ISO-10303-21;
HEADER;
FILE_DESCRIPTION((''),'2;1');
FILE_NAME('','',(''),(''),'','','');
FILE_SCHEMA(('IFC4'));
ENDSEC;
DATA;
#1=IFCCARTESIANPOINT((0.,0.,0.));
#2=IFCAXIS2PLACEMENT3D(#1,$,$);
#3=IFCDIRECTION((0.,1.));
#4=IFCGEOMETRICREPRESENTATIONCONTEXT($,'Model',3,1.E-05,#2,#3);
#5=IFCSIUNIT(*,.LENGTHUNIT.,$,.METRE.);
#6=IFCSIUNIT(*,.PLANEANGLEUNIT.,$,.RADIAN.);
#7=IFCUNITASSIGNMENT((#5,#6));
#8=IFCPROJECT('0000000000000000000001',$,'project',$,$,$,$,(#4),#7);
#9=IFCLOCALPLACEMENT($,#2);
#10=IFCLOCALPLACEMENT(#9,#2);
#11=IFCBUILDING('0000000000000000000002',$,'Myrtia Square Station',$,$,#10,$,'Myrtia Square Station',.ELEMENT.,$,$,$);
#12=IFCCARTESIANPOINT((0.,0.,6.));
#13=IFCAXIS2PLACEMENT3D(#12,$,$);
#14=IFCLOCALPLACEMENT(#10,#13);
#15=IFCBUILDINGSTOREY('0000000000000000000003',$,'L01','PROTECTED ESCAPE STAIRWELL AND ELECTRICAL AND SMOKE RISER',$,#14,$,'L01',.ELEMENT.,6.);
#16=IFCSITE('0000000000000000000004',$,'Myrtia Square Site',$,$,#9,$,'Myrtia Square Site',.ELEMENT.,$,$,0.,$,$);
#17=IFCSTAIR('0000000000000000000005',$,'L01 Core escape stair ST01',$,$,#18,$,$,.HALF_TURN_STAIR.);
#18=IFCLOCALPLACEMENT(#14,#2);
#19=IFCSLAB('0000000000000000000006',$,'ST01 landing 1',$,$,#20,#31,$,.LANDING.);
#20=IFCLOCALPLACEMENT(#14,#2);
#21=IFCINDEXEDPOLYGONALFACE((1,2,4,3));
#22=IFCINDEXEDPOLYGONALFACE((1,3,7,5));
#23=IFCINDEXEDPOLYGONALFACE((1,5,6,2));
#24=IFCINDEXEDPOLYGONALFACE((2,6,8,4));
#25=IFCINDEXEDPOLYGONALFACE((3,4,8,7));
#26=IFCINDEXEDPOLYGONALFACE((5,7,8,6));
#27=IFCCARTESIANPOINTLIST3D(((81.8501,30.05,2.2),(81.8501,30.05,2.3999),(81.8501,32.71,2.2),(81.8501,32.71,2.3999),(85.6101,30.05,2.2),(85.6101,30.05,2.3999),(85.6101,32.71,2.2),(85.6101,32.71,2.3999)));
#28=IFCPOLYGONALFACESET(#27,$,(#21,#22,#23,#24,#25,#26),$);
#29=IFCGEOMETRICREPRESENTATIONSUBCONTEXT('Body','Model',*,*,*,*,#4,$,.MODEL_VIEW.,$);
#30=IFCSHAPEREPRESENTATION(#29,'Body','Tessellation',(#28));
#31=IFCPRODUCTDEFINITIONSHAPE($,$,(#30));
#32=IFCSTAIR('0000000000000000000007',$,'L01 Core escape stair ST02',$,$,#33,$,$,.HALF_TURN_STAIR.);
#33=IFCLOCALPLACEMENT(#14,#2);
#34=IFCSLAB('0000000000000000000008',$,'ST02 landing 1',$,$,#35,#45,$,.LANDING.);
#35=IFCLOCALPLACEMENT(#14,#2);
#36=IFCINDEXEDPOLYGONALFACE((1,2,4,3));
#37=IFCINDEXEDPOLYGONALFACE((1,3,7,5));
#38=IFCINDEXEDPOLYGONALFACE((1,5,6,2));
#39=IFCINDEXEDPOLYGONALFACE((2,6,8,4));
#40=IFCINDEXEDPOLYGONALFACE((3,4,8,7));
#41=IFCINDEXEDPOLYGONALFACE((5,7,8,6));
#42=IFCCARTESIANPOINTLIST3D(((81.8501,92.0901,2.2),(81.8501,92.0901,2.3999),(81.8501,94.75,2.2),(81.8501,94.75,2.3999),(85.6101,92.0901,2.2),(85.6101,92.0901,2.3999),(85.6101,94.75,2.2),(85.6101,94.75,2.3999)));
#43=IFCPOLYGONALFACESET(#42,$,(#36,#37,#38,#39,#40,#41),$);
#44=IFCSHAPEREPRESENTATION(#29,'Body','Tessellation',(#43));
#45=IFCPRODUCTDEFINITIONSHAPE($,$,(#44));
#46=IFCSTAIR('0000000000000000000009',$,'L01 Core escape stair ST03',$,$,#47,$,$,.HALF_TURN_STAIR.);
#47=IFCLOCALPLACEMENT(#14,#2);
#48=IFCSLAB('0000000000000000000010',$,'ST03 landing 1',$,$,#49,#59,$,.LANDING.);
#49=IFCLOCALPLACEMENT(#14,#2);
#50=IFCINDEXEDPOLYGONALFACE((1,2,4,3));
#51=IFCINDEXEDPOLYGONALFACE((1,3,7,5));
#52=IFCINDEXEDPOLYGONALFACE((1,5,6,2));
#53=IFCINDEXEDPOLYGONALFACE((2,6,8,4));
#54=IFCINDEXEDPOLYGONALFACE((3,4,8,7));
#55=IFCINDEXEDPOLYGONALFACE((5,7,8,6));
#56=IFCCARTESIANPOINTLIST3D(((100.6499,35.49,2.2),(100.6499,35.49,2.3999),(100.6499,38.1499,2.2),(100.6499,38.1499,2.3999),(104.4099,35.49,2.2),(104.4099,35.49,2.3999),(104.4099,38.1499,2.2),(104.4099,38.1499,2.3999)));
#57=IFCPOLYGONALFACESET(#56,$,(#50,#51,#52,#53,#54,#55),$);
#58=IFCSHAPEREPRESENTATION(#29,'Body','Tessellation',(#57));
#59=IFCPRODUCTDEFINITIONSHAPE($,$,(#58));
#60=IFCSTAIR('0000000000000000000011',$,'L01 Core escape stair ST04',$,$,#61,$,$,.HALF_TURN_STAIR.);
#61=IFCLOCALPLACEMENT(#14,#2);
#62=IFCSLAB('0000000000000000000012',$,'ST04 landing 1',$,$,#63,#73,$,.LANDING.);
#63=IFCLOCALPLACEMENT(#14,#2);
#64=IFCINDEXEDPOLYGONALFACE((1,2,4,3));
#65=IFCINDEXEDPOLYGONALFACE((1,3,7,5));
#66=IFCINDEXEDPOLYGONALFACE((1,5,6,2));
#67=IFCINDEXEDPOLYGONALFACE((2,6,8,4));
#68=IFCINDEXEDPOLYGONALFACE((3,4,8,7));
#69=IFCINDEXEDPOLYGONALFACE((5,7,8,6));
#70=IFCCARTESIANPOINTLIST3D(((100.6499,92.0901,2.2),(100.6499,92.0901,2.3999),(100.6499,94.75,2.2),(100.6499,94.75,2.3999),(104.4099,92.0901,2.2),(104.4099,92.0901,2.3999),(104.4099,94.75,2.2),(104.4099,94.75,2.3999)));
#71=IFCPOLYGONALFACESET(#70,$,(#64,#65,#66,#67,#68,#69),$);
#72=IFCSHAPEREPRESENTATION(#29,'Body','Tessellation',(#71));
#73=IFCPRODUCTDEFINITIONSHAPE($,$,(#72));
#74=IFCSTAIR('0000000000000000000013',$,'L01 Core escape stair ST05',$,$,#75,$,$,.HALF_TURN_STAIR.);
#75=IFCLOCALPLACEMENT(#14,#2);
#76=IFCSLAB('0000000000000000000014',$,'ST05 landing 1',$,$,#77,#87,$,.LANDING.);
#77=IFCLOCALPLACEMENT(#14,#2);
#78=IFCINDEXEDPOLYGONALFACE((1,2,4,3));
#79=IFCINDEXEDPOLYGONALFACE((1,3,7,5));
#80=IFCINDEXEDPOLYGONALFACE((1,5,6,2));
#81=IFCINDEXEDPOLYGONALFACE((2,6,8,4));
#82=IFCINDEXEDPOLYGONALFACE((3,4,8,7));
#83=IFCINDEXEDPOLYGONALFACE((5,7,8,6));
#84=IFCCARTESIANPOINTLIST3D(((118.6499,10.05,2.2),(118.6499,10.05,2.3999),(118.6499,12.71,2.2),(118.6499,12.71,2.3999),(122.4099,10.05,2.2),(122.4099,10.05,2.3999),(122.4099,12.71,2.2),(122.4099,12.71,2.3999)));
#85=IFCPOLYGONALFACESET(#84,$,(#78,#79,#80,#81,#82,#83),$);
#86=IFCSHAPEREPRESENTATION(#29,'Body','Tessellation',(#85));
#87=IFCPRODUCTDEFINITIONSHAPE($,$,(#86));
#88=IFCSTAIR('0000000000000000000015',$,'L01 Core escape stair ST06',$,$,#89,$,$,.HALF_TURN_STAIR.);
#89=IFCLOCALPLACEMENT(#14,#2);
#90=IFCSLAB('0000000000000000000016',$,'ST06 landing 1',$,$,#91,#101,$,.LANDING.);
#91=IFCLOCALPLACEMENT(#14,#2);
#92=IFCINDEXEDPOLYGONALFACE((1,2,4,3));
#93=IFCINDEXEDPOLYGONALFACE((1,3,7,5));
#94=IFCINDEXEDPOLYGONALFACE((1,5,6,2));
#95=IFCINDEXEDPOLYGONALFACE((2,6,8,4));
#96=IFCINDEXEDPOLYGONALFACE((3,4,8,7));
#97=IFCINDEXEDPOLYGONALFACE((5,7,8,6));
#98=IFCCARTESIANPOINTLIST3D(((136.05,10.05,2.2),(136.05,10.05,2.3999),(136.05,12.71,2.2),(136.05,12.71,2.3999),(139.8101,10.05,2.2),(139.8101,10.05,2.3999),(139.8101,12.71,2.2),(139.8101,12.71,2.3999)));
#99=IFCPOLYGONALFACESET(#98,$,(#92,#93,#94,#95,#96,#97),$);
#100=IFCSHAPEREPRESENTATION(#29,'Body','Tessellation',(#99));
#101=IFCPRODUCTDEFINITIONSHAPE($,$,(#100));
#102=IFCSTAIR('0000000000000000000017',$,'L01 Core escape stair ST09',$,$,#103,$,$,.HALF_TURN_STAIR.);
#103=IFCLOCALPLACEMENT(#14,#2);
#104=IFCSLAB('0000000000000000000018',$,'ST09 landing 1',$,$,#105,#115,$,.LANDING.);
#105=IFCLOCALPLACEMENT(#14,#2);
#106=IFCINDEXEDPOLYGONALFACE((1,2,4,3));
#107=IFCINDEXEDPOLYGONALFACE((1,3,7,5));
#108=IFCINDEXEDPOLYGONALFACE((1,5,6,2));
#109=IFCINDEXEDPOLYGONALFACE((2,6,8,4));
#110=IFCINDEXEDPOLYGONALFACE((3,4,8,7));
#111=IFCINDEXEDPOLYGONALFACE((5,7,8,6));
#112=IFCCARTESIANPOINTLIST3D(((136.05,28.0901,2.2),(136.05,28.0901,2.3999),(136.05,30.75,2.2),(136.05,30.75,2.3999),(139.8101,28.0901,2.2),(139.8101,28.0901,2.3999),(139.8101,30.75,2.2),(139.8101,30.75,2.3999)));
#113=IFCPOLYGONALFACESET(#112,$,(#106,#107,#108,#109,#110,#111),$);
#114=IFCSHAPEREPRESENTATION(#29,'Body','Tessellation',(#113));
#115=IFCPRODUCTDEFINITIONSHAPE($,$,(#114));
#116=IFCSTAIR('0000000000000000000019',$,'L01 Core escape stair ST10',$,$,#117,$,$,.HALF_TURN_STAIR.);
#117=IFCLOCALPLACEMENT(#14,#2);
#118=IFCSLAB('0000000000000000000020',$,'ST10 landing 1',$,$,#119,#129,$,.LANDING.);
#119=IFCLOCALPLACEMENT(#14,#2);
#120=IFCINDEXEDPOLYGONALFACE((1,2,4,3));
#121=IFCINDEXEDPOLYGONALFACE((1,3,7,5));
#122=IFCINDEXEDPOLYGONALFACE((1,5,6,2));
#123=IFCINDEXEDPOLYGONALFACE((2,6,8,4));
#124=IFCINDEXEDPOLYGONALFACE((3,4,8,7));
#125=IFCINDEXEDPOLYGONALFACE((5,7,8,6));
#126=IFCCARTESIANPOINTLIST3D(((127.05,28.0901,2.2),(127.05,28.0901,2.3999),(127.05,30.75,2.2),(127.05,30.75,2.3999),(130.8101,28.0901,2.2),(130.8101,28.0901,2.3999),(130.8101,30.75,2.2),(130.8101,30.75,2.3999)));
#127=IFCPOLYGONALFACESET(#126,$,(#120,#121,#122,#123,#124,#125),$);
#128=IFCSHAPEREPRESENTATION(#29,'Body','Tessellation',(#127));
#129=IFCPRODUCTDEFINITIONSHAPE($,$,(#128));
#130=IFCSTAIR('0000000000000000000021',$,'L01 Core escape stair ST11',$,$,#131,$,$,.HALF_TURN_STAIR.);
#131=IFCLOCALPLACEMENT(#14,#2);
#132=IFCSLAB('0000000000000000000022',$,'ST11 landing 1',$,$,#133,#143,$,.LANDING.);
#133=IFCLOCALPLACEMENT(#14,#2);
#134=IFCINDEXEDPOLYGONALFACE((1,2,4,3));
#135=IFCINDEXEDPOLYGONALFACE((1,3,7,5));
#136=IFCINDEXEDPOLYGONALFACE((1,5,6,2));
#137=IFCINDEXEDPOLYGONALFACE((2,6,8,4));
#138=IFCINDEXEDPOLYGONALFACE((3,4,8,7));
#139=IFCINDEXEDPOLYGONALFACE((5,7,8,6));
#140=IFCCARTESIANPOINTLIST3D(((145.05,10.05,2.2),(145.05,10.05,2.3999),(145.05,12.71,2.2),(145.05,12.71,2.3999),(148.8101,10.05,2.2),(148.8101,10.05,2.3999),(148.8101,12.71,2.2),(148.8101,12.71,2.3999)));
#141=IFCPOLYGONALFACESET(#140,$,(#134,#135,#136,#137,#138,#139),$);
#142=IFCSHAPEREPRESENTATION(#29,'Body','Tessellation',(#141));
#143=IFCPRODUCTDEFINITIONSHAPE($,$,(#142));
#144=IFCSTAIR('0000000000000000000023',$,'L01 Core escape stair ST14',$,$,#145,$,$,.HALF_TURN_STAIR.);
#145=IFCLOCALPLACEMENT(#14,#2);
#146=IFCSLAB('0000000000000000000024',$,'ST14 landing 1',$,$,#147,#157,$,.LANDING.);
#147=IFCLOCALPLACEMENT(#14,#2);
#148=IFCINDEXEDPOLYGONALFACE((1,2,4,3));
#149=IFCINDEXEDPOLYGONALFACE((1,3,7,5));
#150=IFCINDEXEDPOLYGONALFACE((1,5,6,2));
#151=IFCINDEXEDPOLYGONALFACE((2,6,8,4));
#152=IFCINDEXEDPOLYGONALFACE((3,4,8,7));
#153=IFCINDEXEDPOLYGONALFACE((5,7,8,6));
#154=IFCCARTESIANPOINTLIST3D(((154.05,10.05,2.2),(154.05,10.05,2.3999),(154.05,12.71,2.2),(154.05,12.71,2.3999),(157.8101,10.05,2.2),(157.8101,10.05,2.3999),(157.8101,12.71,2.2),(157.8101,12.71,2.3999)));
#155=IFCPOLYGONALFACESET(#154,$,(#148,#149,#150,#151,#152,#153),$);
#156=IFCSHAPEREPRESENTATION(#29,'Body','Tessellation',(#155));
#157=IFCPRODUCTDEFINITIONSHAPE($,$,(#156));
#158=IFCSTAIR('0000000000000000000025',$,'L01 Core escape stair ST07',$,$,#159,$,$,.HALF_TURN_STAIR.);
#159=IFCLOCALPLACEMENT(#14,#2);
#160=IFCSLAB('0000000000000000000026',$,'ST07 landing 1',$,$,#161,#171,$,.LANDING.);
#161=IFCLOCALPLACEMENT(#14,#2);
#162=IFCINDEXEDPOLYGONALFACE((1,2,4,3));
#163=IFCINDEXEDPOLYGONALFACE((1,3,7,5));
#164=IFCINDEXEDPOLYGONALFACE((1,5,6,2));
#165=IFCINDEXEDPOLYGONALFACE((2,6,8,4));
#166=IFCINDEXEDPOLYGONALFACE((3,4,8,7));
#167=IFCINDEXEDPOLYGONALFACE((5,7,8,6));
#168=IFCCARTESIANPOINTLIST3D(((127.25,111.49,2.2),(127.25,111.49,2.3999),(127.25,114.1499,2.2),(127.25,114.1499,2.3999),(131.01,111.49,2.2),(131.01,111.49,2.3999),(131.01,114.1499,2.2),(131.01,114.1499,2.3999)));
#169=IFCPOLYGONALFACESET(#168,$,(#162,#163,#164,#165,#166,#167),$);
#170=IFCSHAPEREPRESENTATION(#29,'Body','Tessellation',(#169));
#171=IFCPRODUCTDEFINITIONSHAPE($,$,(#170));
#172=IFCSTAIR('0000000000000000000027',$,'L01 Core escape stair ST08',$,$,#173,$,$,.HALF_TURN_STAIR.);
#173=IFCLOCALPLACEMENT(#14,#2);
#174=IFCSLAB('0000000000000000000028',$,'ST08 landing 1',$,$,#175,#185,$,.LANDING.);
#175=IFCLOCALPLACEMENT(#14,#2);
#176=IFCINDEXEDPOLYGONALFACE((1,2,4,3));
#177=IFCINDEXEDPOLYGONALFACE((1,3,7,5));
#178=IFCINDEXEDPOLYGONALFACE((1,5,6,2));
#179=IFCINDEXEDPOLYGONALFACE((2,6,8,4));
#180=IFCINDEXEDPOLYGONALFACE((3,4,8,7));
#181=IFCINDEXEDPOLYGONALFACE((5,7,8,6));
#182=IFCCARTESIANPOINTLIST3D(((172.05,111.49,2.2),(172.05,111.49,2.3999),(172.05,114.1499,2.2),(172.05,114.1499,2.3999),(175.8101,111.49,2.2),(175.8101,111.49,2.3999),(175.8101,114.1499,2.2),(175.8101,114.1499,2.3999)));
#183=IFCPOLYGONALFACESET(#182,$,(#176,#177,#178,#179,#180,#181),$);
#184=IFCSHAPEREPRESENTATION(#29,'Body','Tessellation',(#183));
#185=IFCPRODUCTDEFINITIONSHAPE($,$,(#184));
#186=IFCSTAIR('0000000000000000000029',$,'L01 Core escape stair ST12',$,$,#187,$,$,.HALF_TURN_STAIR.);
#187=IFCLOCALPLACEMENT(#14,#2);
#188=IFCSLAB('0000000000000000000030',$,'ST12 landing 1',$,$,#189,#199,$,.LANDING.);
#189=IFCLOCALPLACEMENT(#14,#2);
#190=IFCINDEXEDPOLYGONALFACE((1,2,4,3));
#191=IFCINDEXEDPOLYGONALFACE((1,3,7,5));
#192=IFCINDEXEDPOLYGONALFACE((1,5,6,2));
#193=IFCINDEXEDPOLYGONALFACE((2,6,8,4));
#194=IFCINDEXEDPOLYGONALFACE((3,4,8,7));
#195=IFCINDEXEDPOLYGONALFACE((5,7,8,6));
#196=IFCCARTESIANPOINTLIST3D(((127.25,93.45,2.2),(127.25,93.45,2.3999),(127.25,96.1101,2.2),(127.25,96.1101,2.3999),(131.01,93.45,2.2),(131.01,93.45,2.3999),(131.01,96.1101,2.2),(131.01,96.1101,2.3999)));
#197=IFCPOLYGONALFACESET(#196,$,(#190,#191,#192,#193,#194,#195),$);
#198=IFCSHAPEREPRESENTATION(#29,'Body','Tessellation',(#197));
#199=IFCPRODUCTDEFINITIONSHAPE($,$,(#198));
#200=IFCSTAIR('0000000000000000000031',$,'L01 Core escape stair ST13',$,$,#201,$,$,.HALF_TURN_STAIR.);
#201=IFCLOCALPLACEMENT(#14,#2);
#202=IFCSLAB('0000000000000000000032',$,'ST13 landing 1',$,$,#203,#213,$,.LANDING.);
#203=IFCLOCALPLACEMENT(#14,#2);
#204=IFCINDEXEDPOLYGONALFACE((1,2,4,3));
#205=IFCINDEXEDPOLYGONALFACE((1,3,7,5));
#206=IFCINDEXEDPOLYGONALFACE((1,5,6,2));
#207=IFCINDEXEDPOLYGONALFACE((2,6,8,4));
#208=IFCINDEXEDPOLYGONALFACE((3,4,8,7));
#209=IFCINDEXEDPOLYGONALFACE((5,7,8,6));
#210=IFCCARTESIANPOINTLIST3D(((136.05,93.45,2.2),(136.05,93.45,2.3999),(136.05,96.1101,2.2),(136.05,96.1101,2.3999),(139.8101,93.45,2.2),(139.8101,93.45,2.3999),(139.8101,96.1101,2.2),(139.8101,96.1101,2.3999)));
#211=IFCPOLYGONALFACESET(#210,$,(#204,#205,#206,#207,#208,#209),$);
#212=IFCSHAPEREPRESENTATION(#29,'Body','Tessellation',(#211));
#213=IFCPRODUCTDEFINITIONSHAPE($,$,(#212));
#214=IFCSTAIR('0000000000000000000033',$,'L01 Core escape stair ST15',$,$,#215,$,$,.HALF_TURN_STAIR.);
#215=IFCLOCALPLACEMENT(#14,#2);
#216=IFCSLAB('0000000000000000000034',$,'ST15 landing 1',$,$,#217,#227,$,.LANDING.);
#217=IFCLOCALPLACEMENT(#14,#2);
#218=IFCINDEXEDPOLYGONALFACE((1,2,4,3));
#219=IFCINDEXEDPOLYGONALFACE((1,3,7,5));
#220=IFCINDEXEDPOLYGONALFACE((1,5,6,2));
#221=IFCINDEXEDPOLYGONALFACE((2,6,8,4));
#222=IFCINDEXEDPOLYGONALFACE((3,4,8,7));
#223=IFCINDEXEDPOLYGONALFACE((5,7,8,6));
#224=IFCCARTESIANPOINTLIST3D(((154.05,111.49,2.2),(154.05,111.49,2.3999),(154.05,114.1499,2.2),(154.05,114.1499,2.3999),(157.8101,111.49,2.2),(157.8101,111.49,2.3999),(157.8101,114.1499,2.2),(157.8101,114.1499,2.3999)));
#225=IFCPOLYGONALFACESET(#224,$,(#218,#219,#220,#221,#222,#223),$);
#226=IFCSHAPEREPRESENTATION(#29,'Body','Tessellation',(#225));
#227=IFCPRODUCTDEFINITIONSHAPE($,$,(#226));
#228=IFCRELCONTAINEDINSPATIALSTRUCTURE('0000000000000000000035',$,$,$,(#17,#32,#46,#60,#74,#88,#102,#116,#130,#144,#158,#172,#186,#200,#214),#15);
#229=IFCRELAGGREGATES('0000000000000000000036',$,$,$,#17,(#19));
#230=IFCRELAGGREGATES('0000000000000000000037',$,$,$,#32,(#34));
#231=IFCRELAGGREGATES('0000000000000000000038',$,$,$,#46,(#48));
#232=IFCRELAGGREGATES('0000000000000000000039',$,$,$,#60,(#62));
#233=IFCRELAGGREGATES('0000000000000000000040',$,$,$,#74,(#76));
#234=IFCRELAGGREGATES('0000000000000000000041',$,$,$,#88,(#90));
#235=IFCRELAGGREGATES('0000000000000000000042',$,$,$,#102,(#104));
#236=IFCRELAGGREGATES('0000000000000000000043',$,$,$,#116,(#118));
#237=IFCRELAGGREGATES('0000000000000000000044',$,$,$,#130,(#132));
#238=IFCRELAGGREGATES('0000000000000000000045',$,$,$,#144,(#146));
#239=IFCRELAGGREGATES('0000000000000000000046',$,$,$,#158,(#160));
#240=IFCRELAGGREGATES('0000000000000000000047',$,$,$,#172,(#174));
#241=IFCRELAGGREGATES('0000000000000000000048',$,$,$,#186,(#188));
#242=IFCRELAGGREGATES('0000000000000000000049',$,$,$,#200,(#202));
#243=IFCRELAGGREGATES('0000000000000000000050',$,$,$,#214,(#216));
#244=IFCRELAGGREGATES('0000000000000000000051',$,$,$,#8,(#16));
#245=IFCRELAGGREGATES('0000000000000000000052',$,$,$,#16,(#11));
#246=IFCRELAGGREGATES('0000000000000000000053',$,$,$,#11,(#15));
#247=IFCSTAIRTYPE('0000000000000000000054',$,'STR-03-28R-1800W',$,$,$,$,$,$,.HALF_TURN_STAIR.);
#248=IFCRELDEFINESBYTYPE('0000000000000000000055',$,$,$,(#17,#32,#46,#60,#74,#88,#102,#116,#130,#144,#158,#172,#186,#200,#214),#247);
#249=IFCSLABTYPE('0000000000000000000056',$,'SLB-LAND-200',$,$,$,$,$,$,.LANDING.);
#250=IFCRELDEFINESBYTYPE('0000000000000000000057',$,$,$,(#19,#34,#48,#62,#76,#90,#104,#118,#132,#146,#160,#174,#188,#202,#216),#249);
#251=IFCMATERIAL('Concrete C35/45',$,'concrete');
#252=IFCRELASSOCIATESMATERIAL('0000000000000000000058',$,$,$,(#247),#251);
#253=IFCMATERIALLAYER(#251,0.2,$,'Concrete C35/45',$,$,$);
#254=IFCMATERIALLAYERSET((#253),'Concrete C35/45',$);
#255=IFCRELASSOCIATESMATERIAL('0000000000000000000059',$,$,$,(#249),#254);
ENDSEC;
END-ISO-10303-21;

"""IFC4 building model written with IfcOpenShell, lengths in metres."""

from ifc_helpers import new_model, si_unit, direction, frame, origin, place, context, subcontext, project, spatial, polyline, outline, extrude, material, layer, layer_set, type_object, element, aggregate, save


model = new_model("IFC4")

# Units and contexts
model_context = context("Model", 3, precision=1e-05, world=origin(), true_north=direction((0.0, 1.0)))
body_context = subcontext(model_context, "Body", "Model", "MODEL_VIEW")
ifc_project = project(units=[si_unit("LENGTHUNIT", "METRE"), si_unit("PLANEANGLEUNIT", "RADIAN")], contexts=[model_context])

# Site, building, storey
site_placement = place(None, origin())
site = spatial("IfcSite", under=ifc_project, at=site_placement, Name="Myrtia Square Site", LongName="Myrtia Square Site", CompositionType="ELEMENT", RefElevation=0.0)
building_placement = place(site_placement, origin())
building = spatial("IfcBuilding", under=site, at=building_placement, Name="Myrtia Square Station", LongName="Myrtia Square Station", CompositionType="ELEMENT")
storey_placement = place(building_placement, frame((0.0, 0.0, 6.0)))
storey = spatial("IfcBuildingStorey", under=building, at=storey_placement, Name="L01", Description="PROTECTED ESCAPE STAIRWELL AND ELECTRICAL AND SMOKE RISER", LongName="L01", CompositionType="ELEMENT", Elevation=6.0)

# Stairs, slabs
ifc_material_1 = material(Name="Concrete C35/45", Category="concrete")
stair_type = type_object("IfcStairType", Name="STR-03-28R-1800W", PredefinedType="HALF_TURN_STAIR", material=ifc_material_1)
stair_1_placement = place(storey_placement, origin())
stair_1 = element("IfcStair", 1, at=stair_1_placement, inside=storey, type_object=stair_type, Name="L01 Core escape stair ST01", PredefinedType="HALF_TURN_STAIR")
ifc_layer_1 = layer(ifc_material_1, 0.2, Name="Concrete C35/45")
ifc_layer_set_1 = layer_set([ifc_layer_1], Name="Concrete C35/45")
slab_type = type_object("IfcSlabType", Name="SLB-LAND-200", PredefinedType="LANDING", material=ifc_layer_set_1)
slab_1_placement = place(storey_placement, frame((0.0, 0.0, 2.2)))
slab_1 = element("IfcSlab", 2, at=slab_1_placement, type_object=slab_type, Name="ST01 landing 1", PredefinedType="LANDING", context=body_context, shape_type="SweptSolid", body=[
    extrude(outline(polyline([(81.8501, 32.71), (81.8501, 30.05), (85.6101, 30.05), (85.6101, 32.71), (81.8501, 32.71)])), origin(), (0.0, 0.0, 1.0), 0.2),
])
aggregate(stair_1, [slab_1])
stair_2_placement = place(storey_placement, origin())
stair_2 = element("IfcStair", 3, at=stair_2_placement, inside=storey, type_object=stair_type, Name="L01 Core escape stair ST02", PredefinedType="HALF_TURN_STAIR")
slab_2_placement = place(storey_placement, frame((0.0, 0.0, 2.2)))
slab_2 = element("IfcSlab", 4, at=slab_2_placement, type_object=slab_type, Name="ST02 landing 1", PredefinedType="LANDING", context=body_context, shape_type="SweptSolid", body=[
    extrude(outline(polyline([(85.6101, 92.0901), (85.6101, 94.75), (81.8501, 94.75), (81.8501, 92.0901), (85.6101, 92.0901)])), origin(), (0.0, 0.0, 1.0), 0.2),
])
aggregate(stair_2, [slab_2])
stair_3_placement = place(storey_placement, origin())
stair_3 = element("IfcStair", 5, at=stair_3_placement, inside=storey, type_object=stair_type, Name="L01 Core escape stair ST03", PredefinedType="HALF_TURN_STAIR")
slab_3_placement = place(storey_placement, frame((0.0, 0.0, 2.2)))
slab_3 = element("IfcSlab", 6, at=slab_3_placement, type_object=slab_type, Name="ST03 landing 1", PredefinedType="LANDING", context=body_context, shape_type="SweptSolid", body=[
    extrude(outline(polyline([(104.4099, 35.49), (104.4099, 38.1499), (100.6499, 38.1499), (100.6499, 35.49), (104.4099, 35.49)])), origin(), (0.0, 0.0, 1.0), 0.2),
])
aggregate(stair_3, [slab_3])
stair_4_placement = place(storey_placement, origin())
stair_4 = element("IfcStair", 7, at=stair_4_placement, inside=storey, type_object=stair_type, Name="L01 Core escape stair ST04", PredefinedType="HALF_TURN_STAIR")
slab_4_placement = place(storey_placement, frame((0.0, 0.0, 2.2)))
slab_4 = element("IfcSlab", 8, at=slab_4_placement, type_object=slab_type, Name="ST04 landing 1", PredefinedType="LANDING", context=body_context, shape_type="SweptSolid", body=[
    extrude(outline(polyline([(104.4099, 92.0901), (104.4099, 94.75), (100.6499, 94.75), (100.6499, 92.0901), (104.4099, 92.0901)])), origin(), (0.0, 0.0, 1.0), 0.2),
])
aggregate(stair_4, [slab_4])
stair_5_placement = place(storey_placement, origin())
stair_5 = element("IfcStair", 9, at=stair_5_placement, inside=storey, type_object=stair_type, Name="L01 Core escape stair ST05", PredefinedType="HALF_TURN_STAIR")
slab_5_placement = place(storey_placement, frame((0.0, 0.0, 2.2)))
slab_5 = element("IfcSlab", 10, at=slab_5_placement, type_object=slab_type, Name="ST05 landing 1", PredefinedType="LANDING", context=body_context, shape_type="SweptSolid", body=[
    extrude(outline(polyline([(118.6499, 12.71), (118.6499, 10.05), (122.4099, 10.05), (122.4099, 12.71), (118.6499, 12.71)])), origin(), (0.0, 0.0, 1.0), 0.2),
])
aggregate(stair_5, [slab_5])
stair_6_placement = place(storey_placement, origin())
stair_6 = element("IfcStair", 11, at=stair_6_placement, inside=storey, type_object=stair_type, Name="L01 Core escape stair ST06", PredefinedType="HALF_TURN_STAIR")
slab_6_placement = place(storey_placement, frame((0.0, 0.0, 2.2)))
slab_6 = element("IfcSlab", 12, at=slab_6_placement, type_object=slab_type, Name="ST06 landing 1", PredefinedType="LANDING", context=body_context, shape_type="SweptSolid", body=[
    extrude(outline(polyline([(136.05, 12.71), (136.05, 10.05), (139.8101, 10.05), (139.8101, 12.71), (136.05, 12.71)])), origin(), (0.0, 0.0, 1.0), 0.2),
])
aggregate(stair_6, [slab_6])
stair_7_placement = place(storey_placement, origin())
stair_7 = element("IfcStair", 13, at=stair_7_placement, inside=storey, type_object=stair_type, Name="L01 Core escape stair ST09", PredefinedType="HALF_TURN_STAIR")
slab_7_placement = place(storey_placement, frame((0.0, 0.0, 2.2)))
slab_7 = element("IfcSlab", 14, at=slab_7_placement, type_object=slab_type, Name="ST09 landing 1", PredefinedType="LANDING", context=body_context, shape_type="SweptSolid", body=[
    extrude(outline(polyline([(139.8101, 28.0901), (139.8101, 30.75), (136.05, 30.75), (136.05, 28.0901), (139.8101, 28.0901)])), origin(), (0.0, 0.0, 1.0), 0.2),
])
aggregate(stair_7, [slab_7])
stair_8_placement = place(storey_placement, origin())
stair_8 = element("IfcStair", 15, at=stair_8_placement, inside=storey, type_object=stair_type, Name="L01 Core escape stair ST10", PredefinedType="HALF_TURN_STAIR")
slab_8_placement = place(storey_placement, frame((0.0, 0.0, 2.2)))
slab_8 = element("IfcSlab", 16, at=slab_8_placement, type_object=slab_type, Name="ST10 landing 1", PredefinedType="LANDING", context=body_context, shape_type="SweptSolid", body=[
    extrude(outline(polyline([(130.8101, 28.0901), (130.8101, 30.75), (127.05, 30.75), (127.05, 28.0901), (130.8101, 28.0901)])), origin(), (0.0, 0.0, 1.0), 0.2),
])
aggregate(stair_8, [slab_8])
stair_9_placement = place(storey_placement, origin())
stair_9 = element("IfcStair", 17, at=stair_9_placement, inside=storey, type_object=stair_type, Name="L01 Core escape stair ST11", PredefinedType="HALF_TURN_STAIR")
slab_9_placement = place(storey_placement, frame((0.0, 0.0, 2.2)))
slab_9 = element("IfcSlab", 18, at=slab_9_placement, type_object=slab_type, Name="ST11 landing 1", PredefinedType="LANDING", context=body_context, shape_type="SweptSolid", body=[
    extrude(outline(polyline([(145.05, 12.71), (145.05, 10.05), (148.8101, 10.05), (148.8101, 12.71), (145.05, 12.71)])), origin(), (0.0, 0.0, 1.0), 0.2),
])
aggregate(stair_9, [slab_9])
stair_10_placement = place(storey_placement, origin())
stair_10 = element("IfcStair", 19, at=stair_10_placement, inside=storey, type_object=stair_type, Name="L01 Core escape stair ST14", PredefinedType="HALF_TURN_STAIR")
slab_10_placement = place(storey_placement, frame((0.0, 0.0, 2.2)))
slab_10 = element("IfcSlab", 20, at=slab_10_placement, type_object=slab_type, Name="ST14 landing 1", PredefinedType="LANDING", context=body_context, shape_type="SweptSolid", body=[
    extrude(outline(polyline([(154.05, 12.71), (154.05, 10.05), (157.8101, 10.05), (157.8101, 12.71), (154.05, 12.71)])), origin(), (0.0, 0.0, 1.0), 0.2),
])
aggregate(stair_10, [slab_10])
stair_11_placement = place(storey_placement, origin())
stair_11 = element("IfcStair", 21, at=stair_11_placement, inside=storey, type_object=stair_type, Name="L01 Core escape stair ST07", PredefinedType="HALF_TURN_STAIR")
slab_11_placement = place(storey_placement, frame((0.0, 0.0, 2.2)))
slab_11 = element("IfcSlab", 22, at=slab_11_placement, type_object=slab_type, Name="ST07 landing 1", PredefinedType="LANDING", context=body_context, shape_type="SweptSolid", body=[
    extrude(outline(polyline([(131.01, 111.49), (131.01, 114.1499), (127.25, 114.1499), (127.25, 111.49), (131.01, 111.49)])), origin(), (0.0, 0.0, 1.0), 0.2),
])
aggregate(stair_11, [slab_11])
stair_12_placement = place(storey_placement, origin())
stair_12 = element("IfcStair", 23, at=stair_12_placement, inside=storey, type_object=stair_type, Name="L01 Core escape stair ST08", PredefinedType="HALF_TURN_STAIR")
slab_12_placement = place(storey_placement, frame((0.0, 0.0, 2.2)))
slab_12 = element("IfcSlab", 24, at=slab_12_placement, type_object=slab_type, Name="ST08 landing 1", PredefinedType="LANDING", context=body_context, shape_type="SweptSolid", body=[
    extrude(outline(polyline([(175.8101, 111.49), (175.8101, 114.1499), (172.05, 114.1499), (172.05, 111.49), (175.8101, 111.49)])), origin(), (0.0, 0.0, 1.0), 0.2),
])
aggregate(stair_12, [slab_12])
stair_13_placement = place(storey_placement, origin())
stair_13 = element("IfcStair", 25, at=stair_13_placement, inside=storey, type_object=stair_type, Name="L01 Core escape stair ST12", PredefinedType="HALF_TURN_STAIR")
slab_13_placement = place(storey_placement, frame((0.0, 0.0, 2.2)))
slab_13 = element("IfcSlab", 26, at=slab_13_placement, type_object=slab_type, Name="ST12 landing 1", PredefinedType="LANDING", context=body_context, shape_type="SweptSolid", body=[
    extrude(outline(polyline([(127.25, 96.1101), (127.25, 93.45), (131.01, 93.45), (131.01, 96.1101), (127.25, 96.1101)])), origin(), (0.0, 0.0, 1.0), 0.2),
])
aggregate(stair_13, [slab_13])
stair_14_placement = place(storey_placement, origin())
stair_14 = element("IfcStair", 27, at=stair_14_placement, inside=storey, type_object=stair_type, Name="L01 Core escape stair ST13", PredefinedType="HALF_TURN_STAIR")
slab_14_placement = place(storey_placement, frame((0.0, 0.0, 2.2)))
slab_14 = element("IfcSlab", 28, at=slab_14_placement, type_object=slab_type, Name="ST13 landing 1", PredefinedType="LANDING", context=body_context, shape_type="SweptSolid", body=[
    extrude(outline(polyline([(136.05, 96.1101), (136.05, 93.45), (139.8101, 93.45), (139.8101, 96.1101), (136.05, 96.1101)])), origin(), (0.0, 0.0, 1.0), 0.2),
])
aggregate(stair_14, [slab_14])
stair_15_placement = place(storey_placement, origin())
stair_15 = element("IfcStair", 29, at=stair_15_placement, inside=storey, type_object=stair_type, Name="L01 Core escape stair ST15", PredefinedType="HALF_TURN_STAIR")
slab_15_placement = place(storey_placement, frame((0.0, 0.0, 2.2)))
slab_15 = element("IfcSlab", 30, at=slab_15_placement, type_object=slab_type, Name="ST15 landing 1", PredefinedType="LANDING", context=body_context, shape_type="SweptSolid", body=[
    extrude(outline(polyline([(157.8101, 111.49), (157.8101, 114.1499), (154.05, 114.1499), (154.05, 111.49), (157.8101, 111.49)])), origin(), (0.0, 0.0, 1.0), 0.2),
])
aggregate(stair_15, [slab_15])

save(model, "model.ifc")
